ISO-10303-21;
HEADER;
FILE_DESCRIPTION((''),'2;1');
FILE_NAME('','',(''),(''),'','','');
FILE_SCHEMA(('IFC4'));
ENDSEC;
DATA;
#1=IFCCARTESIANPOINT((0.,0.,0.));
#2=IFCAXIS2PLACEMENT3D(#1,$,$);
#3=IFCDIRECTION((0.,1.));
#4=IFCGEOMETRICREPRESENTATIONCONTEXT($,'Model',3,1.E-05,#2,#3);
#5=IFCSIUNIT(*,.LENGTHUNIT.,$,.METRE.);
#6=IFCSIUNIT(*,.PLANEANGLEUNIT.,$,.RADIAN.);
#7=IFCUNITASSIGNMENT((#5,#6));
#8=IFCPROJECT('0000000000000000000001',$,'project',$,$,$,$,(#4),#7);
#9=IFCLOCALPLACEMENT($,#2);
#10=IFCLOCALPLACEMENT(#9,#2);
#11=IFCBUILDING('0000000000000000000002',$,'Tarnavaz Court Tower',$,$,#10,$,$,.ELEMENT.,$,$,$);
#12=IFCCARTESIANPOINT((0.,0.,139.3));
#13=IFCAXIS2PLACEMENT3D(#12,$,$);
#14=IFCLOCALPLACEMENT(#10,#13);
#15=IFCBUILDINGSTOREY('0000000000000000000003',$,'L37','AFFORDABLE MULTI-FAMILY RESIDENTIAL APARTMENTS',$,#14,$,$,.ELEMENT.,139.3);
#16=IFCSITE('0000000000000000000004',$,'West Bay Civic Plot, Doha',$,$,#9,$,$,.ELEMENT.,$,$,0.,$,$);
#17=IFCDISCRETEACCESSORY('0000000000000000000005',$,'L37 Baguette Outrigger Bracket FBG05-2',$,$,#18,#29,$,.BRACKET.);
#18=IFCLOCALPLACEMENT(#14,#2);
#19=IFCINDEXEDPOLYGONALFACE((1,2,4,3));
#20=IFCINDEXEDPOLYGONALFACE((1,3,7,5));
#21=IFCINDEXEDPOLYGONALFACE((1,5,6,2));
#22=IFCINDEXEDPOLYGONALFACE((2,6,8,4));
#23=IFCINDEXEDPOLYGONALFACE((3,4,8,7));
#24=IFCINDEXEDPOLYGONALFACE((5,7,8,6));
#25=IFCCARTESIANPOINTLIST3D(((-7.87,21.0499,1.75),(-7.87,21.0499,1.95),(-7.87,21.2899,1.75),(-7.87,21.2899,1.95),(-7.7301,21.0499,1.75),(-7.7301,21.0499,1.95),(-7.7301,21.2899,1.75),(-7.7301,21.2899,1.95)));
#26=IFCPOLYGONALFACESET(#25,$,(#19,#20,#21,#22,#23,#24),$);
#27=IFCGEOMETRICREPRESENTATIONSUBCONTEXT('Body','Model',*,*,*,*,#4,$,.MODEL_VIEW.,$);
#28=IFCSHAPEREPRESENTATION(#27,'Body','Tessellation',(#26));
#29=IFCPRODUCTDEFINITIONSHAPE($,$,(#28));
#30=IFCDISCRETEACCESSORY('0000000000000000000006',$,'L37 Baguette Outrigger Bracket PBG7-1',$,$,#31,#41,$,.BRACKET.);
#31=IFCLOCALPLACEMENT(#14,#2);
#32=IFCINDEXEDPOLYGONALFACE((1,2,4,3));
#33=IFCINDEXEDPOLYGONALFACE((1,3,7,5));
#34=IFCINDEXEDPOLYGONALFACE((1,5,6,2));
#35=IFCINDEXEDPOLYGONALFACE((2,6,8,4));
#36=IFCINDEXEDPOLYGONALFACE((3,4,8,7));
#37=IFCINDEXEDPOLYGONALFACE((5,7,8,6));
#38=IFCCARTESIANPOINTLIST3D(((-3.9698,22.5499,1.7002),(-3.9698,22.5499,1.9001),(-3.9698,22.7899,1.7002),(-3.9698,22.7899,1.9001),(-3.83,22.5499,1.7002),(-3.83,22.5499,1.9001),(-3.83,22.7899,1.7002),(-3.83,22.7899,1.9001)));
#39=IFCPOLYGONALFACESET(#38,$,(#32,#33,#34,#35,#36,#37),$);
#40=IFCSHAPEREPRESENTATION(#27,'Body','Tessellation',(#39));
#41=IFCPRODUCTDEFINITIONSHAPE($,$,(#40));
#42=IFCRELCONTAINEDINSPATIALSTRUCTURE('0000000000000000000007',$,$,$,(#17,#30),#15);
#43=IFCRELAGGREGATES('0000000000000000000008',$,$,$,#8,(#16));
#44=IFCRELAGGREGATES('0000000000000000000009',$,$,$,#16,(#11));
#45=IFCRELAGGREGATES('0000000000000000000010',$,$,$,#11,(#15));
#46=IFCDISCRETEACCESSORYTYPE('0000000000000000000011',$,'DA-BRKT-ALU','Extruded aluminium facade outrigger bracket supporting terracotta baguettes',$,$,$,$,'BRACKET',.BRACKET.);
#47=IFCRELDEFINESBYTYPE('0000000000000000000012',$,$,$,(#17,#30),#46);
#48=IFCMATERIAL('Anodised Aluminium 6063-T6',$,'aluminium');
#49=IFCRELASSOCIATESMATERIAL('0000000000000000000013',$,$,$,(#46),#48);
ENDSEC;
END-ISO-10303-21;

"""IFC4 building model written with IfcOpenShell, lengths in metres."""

from ifc_helpers import new_model, si_unit, direction, frame, origin, origin_2d, place, context, subcontext, project, spatial, rectangle, extrude, material, type_object, element, save


model = new_model("IFC4")

# Units and contexts
model_context = context("Model", 3, precision=1e-05, world=origin(), true_north=direction((0.0, 1.0)))
body_context = subcontext(model_context, "Body", "Model", "MODEL_VIEW")
ifc_project = project(units=[si_unit("LENGTHUNIT", "METRE"), si_unit("PLANEANGLEUNIT", "RADIAN")], contexts=[model_context])

# Site, building, storey
site_placement = place(None, origin())
site = spatial("IfcSite", under=ifc_project, at=site_placement, Name="West Bay Civic Plot, Doha", CompositionType="ELEMENT", RefElevation=0.0)
building_placement = place(site_placement, origin())
building = spatial("IfcBuilding", under=site, at=building_placement, Name="Tarnavaz Court Tower", CompositionType="ELEMENT")
storey_placement = place(building_placement, frame((0.0, 0.0, 139.3)))
storey = spatial("IfcBuildingStorey", under=building, at=storey_placement, Name="L37", Description="AFFORDABLE MULTI-FAMILY RESIDENTIAL APARTMENTS", CompositionType="ELEMENT", Elevation=139.3)

# Shared definitions
ifc_material_1 = material(Name="Anodised Aluminium 6063-T6", Category="aluminium")

# Discrete accessories
discrete_accessory_type = type_object("IfcDiscreteAccessoryType", Name="DA-BRKT-ALU", Description="Extruded aluminium facade outrigger bracket supporting terracotta baguettes", ElementType="BRACKET", PredefinedType="BRACKET", material=ifc_material_1)
for number, where, z_axis, x_axis, name in (
    (1, (-7.8, 21.1699, 1.75), (0.0, 0.0, 1.0), (1.0, 0.0, 0.0), "L37 Baguette Outrigger Bracket FBG05-2"),
    (2, (-3.8999, 22.6699, 1.7002), (0.0, 0.0, 1.0), (1.0, 0.0, 0.0), "L37 Baguette Outrigger Bracket PBG7-1"),
):
    element("IfcDiscreteAccessory", number, at=place(storey_placement, frame(where, z_axis=z_axis, x_axis=x_axis)), inside=storey, type_object=discrete_accessory_type, Name=name, PredefinedType="BRACKET", context=body_context, shape_type="SweptSolid", body=[
        extrude(rectangle(XDim=0.1399, YDim=0.24, at=origin_2d()), origin(), (0.0, 0.0, 1.0), 0.2),
    ])

save(model, "model.ifc")
